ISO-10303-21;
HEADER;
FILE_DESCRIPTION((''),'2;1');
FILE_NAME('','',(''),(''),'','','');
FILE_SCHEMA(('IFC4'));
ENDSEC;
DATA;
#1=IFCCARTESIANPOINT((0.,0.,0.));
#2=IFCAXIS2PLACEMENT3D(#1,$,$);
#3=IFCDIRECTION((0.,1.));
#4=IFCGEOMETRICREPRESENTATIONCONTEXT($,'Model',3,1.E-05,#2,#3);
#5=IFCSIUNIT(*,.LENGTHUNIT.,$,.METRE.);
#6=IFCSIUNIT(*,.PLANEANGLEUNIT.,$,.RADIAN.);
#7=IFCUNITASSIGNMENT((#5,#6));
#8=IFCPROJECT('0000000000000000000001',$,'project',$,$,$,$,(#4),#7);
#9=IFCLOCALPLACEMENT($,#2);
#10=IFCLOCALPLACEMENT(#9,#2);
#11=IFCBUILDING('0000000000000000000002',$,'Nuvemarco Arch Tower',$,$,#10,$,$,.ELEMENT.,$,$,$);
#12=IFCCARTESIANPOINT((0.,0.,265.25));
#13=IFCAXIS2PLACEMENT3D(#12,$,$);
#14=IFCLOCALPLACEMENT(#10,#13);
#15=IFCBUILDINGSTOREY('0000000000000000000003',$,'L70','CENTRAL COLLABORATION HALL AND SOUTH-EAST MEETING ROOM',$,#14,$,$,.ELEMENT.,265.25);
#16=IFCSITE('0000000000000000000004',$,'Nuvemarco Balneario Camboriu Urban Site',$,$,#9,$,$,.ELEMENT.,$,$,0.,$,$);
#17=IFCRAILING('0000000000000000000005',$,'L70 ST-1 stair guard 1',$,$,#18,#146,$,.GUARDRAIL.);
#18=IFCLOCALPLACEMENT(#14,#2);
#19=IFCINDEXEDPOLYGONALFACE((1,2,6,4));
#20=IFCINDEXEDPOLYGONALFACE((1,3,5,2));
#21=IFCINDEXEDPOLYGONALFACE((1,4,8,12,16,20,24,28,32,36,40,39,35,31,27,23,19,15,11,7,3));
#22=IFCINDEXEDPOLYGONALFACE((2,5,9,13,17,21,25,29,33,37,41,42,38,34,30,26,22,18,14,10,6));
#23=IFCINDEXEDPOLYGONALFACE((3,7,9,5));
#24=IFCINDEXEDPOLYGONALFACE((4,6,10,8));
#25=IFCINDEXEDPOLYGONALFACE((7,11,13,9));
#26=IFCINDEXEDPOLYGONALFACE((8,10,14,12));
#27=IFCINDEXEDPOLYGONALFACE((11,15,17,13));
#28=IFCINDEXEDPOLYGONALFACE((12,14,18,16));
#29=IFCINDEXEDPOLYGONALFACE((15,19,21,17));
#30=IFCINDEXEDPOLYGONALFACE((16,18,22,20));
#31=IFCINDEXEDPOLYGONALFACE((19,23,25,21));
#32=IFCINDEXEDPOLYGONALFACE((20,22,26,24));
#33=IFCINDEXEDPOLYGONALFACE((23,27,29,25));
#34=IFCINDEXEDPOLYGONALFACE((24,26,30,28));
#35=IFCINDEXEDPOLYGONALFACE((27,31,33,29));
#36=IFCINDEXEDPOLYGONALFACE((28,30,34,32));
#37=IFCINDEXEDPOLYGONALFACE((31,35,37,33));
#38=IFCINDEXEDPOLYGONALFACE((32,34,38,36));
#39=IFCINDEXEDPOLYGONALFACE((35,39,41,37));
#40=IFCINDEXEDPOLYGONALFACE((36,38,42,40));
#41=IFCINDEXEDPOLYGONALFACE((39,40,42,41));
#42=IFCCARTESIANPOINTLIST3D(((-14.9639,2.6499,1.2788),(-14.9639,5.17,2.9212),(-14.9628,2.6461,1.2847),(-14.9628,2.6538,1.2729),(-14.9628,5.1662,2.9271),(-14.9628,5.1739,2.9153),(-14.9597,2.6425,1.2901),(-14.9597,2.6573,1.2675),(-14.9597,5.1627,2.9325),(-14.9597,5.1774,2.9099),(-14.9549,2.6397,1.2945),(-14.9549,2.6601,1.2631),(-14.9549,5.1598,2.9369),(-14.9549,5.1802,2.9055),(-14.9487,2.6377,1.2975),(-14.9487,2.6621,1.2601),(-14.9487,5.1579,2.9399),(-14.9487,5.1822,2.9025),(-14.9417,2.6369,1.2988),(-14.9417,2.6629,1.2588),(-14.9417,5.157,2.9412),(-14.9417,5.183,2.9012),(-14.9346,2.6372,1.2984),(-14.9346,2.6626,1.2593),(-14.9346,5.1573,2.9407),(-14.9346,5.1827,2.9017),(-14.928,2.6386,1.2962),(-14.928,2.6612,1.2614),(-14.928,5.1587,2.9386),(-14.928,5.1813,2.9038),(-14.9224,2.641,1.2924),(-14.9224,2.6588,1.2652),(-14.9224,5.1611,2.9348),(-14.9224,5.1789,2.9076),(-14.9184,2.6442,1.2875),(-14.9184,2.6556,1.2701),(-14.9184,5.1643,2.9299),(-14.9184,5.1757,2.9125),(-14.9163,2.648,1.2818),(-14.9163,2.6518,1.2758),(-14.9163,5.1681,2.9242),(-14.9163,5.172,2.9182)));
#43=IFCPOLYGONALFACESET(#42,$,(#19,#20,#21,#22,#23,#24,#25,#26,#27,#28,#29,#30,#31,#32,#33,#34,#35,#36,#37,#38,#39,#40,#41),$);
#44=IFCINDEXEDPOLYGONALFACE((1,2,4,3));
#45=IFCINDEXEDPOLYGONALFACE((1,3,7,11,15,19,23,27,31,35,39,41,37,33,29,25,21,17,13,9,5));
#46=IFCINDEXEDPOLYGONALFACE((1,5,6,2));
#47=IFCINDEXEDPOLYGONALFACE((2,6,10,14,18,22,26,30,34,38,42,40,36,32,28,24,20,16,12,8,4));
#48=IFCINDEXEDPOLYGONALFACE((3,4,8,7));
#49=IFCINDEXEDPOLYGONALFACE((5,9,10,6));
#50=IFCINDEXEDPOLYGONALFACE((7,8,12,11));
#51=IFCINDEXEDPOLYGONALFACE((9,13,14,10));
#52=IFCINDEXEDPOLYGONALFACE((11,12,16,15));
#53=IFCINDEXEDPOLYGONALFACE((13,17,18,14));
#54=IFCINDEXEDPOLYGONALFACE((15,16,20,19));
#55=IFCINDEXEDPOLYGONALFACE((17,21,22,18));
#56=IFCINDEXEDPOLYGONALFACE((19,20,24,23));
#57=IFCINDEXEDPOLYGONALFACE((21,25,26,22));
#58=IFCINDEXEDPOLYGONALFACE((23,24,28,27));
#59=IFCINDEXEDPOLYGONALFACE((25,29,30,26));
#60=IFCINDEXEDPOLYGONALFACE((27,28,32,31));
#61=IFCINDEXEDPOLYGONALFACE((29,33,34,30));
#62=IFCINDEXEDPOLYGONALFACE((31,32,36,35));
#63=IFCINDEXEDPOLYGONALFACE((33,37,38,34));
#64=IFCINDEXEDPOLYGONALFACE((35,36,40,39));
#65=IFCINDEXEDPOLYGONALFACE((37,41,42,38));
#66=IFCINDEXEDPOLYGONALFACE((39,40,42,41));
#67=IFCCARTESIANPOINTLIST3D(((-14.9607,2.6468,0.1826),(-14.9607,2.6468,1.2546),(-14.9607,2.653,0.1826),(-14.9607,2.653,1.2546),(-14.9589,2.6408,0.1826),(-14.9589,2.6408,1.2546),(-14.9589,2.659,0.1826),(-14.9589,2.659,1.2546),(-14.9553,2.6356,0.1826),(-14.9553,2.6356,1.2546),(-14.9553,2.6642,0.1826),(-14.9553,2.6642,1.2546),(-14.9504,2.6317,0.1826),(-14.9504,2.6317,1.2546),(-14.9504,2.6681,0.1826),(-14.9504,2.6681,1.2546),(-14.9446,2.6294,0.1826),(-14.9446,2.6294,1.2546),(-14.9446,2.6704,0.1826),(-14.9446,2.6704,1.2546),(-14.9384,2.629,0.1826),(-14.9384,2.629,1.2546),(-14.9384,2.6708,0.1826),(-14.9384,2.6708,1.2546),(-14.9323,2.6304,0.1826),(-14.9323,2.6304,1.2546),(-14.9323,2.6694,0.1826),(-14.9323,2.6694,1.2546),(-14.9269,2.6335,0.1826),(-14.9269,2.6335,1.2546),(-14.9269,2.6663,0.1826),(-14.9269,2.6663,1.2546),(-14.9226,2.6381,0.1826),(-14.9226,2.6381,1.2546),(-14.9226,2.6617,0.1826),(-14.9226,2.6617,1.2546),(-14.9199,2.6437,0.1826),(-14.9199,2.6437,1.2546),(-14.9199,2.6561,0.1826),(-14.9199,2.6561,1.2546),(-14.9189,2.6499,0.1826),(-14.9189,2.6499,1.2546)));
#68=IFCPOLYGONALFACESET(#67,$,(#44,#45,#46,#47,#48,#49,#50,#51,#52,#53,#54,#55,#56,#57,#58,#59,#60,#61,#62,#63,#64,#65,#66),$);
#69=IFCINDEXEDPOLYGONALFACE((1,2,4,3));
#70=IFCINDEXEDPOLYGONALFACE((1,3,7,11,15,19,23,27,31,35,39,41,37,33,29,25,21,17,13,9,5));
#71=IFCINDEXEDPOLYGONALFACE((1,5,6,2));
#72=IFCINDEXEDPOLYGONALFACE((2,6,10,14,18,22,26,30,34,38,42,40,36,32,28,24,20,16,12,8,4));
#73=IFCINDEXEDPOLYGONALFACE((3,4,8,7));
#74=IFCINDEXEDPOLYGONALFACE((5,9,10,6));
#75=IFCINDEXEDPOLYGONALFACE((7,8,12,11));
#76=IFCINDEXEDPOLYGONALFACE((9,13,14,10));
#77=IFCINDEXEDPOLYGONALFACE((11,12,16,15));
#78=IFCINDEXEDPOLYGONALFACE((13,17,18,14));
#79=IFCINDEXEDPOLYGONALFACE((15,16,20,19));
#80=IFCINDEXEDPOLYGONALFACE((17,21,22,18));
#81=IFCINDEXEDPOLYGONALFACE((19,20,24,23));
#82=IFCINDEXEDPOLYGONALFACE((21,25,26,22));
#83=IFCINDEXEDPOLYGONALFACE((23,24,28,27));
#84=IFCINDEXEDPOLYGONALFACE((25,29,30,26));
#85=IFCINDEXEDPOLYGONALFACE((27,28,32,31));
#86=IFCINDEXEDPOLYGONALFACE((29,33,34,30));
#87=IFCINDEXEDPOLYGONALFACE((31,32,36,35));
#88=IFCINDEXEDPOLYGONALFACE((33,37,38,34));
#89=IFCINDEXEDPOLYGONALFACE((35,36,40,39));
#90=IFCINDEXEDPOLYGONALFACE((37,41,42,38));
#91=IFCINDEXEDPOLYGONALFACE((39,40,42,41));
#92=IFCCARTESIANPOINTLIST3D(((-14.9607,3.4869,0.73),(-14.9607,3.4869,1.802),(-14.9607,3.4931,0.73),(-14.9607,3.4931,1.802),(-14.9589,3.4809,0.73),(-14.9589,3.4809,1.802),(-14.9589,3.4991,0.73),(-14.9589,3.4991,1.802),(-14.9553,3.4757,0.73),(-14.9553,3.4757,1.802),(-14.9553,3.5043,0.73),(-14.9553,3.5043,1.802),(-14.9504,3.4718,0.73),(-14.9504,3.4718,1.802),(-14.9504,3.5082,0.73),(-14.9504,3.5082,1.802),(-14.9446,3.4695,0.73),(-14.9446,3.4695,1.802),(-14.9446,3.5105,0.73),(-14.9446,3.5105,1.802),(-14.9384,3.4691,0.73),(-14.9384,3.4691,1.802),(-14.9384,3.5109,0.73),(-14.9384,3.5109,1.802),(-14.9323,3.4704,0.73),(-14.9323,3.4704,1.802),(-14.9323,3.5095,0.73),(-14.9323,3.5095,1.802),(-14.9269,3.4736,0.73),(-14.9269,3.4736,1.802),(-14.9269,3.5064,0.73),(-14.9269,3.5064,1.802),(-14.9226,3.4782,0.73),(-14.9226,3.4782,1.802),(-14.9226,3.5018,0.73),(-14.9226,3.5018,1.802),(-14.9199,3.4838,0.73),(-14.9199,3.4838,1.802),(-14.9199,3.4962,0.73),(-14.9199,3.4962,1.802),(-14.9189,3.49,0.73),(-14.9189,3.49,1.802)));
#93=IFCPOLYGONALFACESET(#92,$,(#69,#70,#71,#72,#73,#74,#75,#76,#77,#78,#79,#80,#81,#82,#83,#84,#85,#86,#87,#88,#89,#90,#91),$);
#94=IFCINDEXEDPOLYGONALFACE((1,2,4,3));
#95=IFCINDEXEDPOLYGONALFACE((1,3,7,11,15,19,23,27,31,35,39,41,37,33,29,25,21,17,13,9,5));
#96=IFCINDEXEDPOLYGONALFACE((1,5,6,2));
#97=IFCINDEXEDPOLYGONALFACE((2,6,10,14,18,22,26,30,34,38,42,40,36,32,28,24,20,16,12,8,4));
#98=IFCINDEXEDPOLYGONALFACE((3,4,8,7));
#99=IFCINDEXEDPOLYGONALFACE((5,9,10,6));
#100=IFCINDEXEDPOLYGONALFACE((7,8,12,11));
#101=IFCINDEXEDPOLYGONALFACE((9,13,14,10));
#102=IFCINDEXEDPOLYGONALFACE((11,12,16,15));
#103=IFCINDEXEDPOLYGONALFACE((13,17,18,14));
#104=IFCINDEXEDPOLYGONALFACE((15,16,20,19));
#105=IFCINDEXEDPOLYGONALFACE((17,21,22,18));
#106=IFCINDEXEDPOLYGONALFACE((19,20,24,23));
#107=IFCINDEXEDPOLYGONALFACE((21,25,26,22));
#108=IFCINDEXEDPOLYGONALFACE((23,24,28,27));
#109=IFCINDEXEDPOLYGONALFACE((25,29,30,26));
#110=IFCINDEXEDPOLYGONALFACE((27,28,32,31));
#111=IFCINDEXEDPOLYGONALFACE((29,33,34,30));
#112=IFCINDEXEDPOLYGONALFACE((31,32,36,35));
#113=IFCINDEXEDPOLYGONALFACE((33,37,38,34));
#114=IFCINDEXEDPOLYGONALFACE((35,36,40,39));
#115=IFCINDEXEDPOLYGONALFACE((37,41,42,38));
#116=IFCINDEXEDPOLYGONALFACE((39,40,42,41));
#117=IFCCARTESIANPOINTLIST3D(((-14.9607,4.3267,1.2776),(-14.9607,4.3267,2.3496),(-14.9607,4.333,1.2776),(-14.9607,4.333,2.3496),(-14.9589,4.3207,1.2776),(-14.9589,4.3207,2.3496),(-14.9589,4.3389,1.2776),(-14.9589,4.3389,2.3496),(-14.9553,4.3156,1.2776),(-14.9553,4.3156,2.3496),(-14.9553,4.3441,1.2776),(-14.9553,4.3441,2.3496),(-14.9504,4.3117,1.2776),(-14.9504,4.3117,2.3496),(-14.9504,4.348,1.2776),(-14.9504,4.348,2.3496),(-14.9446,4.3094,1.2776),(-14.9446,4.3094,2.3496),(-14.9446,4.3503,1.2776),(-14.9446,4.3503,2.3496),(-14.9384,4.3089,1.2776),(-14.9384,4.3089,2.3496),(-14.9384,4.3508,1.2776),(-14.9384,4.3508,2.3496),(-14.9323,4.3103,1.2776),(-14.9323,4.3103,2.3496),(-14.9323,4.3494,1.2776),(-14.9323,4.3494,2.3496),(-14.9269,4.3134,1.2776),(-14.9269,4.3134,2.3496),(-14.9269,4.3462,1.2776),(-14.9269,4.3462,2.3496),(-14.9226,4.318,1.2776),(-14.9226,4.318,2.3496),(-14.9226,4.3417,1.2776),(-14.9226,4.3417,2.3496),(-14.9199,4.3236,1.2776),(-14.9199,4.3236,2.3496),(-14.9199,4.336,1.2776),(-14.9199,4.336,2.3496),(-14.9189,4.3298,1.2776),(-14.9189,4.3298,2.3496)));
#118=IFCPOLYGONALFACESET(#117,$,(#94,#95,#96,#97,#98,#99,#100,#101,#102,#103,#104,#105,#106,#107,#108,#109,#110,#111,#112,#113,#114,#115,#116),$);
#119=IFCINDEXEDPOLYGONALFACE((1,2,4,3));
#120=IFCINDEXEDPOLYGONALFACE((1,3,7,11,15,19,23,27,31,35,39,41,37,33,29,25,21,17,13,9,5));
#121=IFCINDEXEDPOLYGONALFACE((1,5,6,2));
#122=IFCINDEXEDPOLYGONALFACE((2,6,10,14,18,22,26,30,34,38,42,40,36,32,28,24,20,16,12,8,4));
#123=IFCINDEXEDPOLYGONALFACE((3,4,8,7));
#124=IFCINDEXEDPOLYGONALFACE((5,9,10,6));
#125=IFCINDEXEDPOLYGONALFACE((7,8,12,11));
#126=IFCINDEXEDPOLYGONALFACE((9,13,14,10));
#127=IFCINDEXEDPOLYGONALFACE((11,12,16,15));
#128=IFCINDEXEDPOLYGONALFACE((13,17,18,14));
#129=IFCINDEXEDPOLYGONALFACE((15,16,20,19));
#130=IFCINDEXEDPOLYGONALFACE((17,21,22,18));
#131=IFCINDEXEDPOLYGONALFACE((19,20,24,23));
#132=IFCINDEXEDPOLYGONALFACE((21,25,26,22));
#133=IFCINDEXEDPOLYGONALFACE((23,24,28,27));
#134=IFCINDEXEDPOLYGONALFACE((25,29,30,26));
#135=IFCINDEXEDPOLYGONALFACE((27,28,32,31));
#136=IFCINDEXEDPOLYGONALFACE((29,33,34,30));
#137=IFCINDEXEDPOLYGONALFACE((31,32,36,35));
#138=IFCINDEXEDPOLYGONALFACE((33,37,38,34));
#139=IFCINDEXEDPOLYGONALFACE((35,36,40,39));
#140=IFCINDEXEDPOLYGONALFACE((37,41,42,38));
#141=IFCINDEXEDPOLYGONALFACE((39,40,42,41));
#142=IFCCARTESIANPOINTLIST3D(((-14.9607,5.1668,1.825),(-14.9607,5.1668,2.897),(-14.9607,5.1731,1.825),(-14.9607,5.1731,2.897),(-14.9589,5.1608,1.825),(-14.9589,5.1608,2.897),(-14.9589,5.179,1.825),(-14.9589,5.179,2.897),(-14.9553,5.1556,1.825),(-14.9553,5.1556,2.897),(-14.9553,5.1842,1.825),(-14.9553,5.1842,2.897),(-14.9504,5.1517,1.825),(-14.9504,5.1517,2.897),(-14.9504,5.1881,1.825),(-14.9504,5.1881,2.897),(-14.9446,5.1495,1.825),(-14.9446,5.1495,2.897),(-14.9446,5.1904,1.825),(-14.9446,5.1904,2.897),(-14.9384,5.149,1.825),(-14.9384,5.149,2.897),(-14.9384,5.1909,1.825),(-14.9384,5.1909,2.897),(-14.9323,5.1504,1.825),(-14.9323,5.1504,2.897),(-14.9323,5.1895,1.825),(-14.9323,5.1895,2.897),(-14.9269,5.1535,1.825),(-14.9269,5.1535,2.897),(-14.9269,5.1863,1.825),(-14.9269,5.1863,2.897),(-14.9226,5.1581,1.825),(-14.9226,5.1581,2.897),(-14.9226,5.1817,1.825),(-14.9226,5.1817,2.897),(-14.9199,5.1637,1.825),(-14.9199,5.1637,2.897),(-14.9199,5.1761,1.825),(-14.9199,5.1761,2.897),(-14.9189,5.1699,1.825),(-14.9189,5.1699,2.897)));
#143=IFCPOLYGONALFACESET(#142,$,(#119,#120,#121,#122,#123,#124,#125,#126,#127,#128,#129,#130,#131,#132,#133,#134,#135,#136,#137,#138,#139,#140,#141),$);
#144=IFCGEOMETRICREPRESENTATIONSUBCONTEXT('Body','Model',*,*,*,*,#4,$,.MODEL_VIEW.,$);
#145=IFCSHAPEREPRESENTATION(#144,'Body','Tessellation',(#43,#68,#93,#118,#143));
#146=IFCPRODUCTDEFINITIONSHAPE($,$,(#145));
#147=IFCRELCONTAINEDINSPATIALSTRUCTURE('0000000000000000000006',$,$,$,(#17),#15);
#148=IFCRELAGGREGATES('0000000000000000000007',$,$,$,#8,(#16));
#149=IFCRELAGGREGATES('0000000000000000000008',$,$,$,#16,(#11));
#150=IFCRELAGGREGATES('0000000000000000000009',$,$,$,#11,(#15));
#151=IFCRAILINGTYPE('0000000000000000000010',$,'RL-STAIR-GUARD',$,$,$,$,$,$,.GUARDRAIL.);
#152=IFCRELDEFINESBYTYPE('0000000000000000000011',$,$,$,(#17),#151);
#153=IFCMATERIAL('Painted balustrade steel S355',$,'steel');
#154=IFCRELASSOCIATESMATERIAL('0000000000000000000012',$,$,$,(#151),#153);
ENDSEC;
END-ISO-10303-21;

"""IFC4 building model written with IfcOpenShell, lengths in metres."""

from ifc_helpers import new_model, si_unit, direction, frame, origin, origin_2d, place, context, subcontext, project, spatial, circle, extrude, material, type_object, element, save


model = new_model("IFC4")

# Units and contexts
model_context = context("Model", 3, precision=1e-05, world=origin(), true_north=direction((0.0, 1.0)))
body_context = subcontext(model_context, "Body", "Model", "MODEL_VIEW")
ifc_project = project(units=[si_unit("LENGTHUNIT", "METRE"), si_unit("PLANEANGLEUNIT", "RADIAN")], contexts=[model_context])

# Site, building, storey
site_placement = place(None, origin())
site = spatial("IfcSite", under=ifc_project, at=site_placement, Name="Nuvemarco Balneario Camboriu Urban Site", CompositionType="ELEMENT", RefElevation=0.0)
building_placement = place(site_placement, origin())
building = spatial("IfcBuilding", under=site, at=building_placement, Name="Nuvemarco Arch Tower", CompositionType="ELEMENT")
storey_placement = place(building_placement, frame((0.0, 0.0, 265.25)))
storey = spatial("IfcBuildingStorey", under=building, at=storey_placement, Name="L70", Description="CENTRAL COLLABORATION HALL AND SOUTH-EAST MEETING ROOM", CompositionType="ELEMENT", Elevation=265.25)

# Railing
ifc_material_1 = material(Name="Painted balustrade steel S355", Category="steel")
railing_type_1 = type_object("IfcRailingType", Name="RL-STAIR-GUARD", PredefinedType="GUARDRAIL", material=ifc_material_1)
railing_1_placement = place(storey_placement, frame((-14.9399, 2.6499, 0.1826)))
element("IfcRailing", 1, at=railing_1_placement, inside=storey, type_object=railing_type_1, Name="L70 ST-1 stair guard 1", PredefinedType="GUARDRAIL", context=body_context, shape_type="SweptSolid", body=[
    extrude(circle(Radius=0.0239, at=origin_2d()), frame((0.0, 0.0, 1.0962), z_axis=(0.0, 0.837787, 0.545998), x_axis=(-1.0, 0.0, 0.0)), (0.0, 0.0, 1.0), 3.0081),
    extrude(circle(Radius=0.021, at=origin_2d()), origin(), (0.0, 0.0, 1.0), 1.072),
    extrude(circle(Radius=0.021, at=origin_2d()), frame((0.0, 0.8401, 0.5474)), (0.0, 0.0, 1.0), 1.072),
    extrude(circle(Radius=0.021, at=origin_2d()), frame((0.0, 1.6799, 1.095)), (0.0, 0.0, 1.0), 1.072),
    extrude(circle(Radius=0.021, at=origin_2d()), frame((0.0, 2.52, 1.6423)), (0.0, 0.0, 1.0), 1.072),
])

save(model, "model.ifc")
